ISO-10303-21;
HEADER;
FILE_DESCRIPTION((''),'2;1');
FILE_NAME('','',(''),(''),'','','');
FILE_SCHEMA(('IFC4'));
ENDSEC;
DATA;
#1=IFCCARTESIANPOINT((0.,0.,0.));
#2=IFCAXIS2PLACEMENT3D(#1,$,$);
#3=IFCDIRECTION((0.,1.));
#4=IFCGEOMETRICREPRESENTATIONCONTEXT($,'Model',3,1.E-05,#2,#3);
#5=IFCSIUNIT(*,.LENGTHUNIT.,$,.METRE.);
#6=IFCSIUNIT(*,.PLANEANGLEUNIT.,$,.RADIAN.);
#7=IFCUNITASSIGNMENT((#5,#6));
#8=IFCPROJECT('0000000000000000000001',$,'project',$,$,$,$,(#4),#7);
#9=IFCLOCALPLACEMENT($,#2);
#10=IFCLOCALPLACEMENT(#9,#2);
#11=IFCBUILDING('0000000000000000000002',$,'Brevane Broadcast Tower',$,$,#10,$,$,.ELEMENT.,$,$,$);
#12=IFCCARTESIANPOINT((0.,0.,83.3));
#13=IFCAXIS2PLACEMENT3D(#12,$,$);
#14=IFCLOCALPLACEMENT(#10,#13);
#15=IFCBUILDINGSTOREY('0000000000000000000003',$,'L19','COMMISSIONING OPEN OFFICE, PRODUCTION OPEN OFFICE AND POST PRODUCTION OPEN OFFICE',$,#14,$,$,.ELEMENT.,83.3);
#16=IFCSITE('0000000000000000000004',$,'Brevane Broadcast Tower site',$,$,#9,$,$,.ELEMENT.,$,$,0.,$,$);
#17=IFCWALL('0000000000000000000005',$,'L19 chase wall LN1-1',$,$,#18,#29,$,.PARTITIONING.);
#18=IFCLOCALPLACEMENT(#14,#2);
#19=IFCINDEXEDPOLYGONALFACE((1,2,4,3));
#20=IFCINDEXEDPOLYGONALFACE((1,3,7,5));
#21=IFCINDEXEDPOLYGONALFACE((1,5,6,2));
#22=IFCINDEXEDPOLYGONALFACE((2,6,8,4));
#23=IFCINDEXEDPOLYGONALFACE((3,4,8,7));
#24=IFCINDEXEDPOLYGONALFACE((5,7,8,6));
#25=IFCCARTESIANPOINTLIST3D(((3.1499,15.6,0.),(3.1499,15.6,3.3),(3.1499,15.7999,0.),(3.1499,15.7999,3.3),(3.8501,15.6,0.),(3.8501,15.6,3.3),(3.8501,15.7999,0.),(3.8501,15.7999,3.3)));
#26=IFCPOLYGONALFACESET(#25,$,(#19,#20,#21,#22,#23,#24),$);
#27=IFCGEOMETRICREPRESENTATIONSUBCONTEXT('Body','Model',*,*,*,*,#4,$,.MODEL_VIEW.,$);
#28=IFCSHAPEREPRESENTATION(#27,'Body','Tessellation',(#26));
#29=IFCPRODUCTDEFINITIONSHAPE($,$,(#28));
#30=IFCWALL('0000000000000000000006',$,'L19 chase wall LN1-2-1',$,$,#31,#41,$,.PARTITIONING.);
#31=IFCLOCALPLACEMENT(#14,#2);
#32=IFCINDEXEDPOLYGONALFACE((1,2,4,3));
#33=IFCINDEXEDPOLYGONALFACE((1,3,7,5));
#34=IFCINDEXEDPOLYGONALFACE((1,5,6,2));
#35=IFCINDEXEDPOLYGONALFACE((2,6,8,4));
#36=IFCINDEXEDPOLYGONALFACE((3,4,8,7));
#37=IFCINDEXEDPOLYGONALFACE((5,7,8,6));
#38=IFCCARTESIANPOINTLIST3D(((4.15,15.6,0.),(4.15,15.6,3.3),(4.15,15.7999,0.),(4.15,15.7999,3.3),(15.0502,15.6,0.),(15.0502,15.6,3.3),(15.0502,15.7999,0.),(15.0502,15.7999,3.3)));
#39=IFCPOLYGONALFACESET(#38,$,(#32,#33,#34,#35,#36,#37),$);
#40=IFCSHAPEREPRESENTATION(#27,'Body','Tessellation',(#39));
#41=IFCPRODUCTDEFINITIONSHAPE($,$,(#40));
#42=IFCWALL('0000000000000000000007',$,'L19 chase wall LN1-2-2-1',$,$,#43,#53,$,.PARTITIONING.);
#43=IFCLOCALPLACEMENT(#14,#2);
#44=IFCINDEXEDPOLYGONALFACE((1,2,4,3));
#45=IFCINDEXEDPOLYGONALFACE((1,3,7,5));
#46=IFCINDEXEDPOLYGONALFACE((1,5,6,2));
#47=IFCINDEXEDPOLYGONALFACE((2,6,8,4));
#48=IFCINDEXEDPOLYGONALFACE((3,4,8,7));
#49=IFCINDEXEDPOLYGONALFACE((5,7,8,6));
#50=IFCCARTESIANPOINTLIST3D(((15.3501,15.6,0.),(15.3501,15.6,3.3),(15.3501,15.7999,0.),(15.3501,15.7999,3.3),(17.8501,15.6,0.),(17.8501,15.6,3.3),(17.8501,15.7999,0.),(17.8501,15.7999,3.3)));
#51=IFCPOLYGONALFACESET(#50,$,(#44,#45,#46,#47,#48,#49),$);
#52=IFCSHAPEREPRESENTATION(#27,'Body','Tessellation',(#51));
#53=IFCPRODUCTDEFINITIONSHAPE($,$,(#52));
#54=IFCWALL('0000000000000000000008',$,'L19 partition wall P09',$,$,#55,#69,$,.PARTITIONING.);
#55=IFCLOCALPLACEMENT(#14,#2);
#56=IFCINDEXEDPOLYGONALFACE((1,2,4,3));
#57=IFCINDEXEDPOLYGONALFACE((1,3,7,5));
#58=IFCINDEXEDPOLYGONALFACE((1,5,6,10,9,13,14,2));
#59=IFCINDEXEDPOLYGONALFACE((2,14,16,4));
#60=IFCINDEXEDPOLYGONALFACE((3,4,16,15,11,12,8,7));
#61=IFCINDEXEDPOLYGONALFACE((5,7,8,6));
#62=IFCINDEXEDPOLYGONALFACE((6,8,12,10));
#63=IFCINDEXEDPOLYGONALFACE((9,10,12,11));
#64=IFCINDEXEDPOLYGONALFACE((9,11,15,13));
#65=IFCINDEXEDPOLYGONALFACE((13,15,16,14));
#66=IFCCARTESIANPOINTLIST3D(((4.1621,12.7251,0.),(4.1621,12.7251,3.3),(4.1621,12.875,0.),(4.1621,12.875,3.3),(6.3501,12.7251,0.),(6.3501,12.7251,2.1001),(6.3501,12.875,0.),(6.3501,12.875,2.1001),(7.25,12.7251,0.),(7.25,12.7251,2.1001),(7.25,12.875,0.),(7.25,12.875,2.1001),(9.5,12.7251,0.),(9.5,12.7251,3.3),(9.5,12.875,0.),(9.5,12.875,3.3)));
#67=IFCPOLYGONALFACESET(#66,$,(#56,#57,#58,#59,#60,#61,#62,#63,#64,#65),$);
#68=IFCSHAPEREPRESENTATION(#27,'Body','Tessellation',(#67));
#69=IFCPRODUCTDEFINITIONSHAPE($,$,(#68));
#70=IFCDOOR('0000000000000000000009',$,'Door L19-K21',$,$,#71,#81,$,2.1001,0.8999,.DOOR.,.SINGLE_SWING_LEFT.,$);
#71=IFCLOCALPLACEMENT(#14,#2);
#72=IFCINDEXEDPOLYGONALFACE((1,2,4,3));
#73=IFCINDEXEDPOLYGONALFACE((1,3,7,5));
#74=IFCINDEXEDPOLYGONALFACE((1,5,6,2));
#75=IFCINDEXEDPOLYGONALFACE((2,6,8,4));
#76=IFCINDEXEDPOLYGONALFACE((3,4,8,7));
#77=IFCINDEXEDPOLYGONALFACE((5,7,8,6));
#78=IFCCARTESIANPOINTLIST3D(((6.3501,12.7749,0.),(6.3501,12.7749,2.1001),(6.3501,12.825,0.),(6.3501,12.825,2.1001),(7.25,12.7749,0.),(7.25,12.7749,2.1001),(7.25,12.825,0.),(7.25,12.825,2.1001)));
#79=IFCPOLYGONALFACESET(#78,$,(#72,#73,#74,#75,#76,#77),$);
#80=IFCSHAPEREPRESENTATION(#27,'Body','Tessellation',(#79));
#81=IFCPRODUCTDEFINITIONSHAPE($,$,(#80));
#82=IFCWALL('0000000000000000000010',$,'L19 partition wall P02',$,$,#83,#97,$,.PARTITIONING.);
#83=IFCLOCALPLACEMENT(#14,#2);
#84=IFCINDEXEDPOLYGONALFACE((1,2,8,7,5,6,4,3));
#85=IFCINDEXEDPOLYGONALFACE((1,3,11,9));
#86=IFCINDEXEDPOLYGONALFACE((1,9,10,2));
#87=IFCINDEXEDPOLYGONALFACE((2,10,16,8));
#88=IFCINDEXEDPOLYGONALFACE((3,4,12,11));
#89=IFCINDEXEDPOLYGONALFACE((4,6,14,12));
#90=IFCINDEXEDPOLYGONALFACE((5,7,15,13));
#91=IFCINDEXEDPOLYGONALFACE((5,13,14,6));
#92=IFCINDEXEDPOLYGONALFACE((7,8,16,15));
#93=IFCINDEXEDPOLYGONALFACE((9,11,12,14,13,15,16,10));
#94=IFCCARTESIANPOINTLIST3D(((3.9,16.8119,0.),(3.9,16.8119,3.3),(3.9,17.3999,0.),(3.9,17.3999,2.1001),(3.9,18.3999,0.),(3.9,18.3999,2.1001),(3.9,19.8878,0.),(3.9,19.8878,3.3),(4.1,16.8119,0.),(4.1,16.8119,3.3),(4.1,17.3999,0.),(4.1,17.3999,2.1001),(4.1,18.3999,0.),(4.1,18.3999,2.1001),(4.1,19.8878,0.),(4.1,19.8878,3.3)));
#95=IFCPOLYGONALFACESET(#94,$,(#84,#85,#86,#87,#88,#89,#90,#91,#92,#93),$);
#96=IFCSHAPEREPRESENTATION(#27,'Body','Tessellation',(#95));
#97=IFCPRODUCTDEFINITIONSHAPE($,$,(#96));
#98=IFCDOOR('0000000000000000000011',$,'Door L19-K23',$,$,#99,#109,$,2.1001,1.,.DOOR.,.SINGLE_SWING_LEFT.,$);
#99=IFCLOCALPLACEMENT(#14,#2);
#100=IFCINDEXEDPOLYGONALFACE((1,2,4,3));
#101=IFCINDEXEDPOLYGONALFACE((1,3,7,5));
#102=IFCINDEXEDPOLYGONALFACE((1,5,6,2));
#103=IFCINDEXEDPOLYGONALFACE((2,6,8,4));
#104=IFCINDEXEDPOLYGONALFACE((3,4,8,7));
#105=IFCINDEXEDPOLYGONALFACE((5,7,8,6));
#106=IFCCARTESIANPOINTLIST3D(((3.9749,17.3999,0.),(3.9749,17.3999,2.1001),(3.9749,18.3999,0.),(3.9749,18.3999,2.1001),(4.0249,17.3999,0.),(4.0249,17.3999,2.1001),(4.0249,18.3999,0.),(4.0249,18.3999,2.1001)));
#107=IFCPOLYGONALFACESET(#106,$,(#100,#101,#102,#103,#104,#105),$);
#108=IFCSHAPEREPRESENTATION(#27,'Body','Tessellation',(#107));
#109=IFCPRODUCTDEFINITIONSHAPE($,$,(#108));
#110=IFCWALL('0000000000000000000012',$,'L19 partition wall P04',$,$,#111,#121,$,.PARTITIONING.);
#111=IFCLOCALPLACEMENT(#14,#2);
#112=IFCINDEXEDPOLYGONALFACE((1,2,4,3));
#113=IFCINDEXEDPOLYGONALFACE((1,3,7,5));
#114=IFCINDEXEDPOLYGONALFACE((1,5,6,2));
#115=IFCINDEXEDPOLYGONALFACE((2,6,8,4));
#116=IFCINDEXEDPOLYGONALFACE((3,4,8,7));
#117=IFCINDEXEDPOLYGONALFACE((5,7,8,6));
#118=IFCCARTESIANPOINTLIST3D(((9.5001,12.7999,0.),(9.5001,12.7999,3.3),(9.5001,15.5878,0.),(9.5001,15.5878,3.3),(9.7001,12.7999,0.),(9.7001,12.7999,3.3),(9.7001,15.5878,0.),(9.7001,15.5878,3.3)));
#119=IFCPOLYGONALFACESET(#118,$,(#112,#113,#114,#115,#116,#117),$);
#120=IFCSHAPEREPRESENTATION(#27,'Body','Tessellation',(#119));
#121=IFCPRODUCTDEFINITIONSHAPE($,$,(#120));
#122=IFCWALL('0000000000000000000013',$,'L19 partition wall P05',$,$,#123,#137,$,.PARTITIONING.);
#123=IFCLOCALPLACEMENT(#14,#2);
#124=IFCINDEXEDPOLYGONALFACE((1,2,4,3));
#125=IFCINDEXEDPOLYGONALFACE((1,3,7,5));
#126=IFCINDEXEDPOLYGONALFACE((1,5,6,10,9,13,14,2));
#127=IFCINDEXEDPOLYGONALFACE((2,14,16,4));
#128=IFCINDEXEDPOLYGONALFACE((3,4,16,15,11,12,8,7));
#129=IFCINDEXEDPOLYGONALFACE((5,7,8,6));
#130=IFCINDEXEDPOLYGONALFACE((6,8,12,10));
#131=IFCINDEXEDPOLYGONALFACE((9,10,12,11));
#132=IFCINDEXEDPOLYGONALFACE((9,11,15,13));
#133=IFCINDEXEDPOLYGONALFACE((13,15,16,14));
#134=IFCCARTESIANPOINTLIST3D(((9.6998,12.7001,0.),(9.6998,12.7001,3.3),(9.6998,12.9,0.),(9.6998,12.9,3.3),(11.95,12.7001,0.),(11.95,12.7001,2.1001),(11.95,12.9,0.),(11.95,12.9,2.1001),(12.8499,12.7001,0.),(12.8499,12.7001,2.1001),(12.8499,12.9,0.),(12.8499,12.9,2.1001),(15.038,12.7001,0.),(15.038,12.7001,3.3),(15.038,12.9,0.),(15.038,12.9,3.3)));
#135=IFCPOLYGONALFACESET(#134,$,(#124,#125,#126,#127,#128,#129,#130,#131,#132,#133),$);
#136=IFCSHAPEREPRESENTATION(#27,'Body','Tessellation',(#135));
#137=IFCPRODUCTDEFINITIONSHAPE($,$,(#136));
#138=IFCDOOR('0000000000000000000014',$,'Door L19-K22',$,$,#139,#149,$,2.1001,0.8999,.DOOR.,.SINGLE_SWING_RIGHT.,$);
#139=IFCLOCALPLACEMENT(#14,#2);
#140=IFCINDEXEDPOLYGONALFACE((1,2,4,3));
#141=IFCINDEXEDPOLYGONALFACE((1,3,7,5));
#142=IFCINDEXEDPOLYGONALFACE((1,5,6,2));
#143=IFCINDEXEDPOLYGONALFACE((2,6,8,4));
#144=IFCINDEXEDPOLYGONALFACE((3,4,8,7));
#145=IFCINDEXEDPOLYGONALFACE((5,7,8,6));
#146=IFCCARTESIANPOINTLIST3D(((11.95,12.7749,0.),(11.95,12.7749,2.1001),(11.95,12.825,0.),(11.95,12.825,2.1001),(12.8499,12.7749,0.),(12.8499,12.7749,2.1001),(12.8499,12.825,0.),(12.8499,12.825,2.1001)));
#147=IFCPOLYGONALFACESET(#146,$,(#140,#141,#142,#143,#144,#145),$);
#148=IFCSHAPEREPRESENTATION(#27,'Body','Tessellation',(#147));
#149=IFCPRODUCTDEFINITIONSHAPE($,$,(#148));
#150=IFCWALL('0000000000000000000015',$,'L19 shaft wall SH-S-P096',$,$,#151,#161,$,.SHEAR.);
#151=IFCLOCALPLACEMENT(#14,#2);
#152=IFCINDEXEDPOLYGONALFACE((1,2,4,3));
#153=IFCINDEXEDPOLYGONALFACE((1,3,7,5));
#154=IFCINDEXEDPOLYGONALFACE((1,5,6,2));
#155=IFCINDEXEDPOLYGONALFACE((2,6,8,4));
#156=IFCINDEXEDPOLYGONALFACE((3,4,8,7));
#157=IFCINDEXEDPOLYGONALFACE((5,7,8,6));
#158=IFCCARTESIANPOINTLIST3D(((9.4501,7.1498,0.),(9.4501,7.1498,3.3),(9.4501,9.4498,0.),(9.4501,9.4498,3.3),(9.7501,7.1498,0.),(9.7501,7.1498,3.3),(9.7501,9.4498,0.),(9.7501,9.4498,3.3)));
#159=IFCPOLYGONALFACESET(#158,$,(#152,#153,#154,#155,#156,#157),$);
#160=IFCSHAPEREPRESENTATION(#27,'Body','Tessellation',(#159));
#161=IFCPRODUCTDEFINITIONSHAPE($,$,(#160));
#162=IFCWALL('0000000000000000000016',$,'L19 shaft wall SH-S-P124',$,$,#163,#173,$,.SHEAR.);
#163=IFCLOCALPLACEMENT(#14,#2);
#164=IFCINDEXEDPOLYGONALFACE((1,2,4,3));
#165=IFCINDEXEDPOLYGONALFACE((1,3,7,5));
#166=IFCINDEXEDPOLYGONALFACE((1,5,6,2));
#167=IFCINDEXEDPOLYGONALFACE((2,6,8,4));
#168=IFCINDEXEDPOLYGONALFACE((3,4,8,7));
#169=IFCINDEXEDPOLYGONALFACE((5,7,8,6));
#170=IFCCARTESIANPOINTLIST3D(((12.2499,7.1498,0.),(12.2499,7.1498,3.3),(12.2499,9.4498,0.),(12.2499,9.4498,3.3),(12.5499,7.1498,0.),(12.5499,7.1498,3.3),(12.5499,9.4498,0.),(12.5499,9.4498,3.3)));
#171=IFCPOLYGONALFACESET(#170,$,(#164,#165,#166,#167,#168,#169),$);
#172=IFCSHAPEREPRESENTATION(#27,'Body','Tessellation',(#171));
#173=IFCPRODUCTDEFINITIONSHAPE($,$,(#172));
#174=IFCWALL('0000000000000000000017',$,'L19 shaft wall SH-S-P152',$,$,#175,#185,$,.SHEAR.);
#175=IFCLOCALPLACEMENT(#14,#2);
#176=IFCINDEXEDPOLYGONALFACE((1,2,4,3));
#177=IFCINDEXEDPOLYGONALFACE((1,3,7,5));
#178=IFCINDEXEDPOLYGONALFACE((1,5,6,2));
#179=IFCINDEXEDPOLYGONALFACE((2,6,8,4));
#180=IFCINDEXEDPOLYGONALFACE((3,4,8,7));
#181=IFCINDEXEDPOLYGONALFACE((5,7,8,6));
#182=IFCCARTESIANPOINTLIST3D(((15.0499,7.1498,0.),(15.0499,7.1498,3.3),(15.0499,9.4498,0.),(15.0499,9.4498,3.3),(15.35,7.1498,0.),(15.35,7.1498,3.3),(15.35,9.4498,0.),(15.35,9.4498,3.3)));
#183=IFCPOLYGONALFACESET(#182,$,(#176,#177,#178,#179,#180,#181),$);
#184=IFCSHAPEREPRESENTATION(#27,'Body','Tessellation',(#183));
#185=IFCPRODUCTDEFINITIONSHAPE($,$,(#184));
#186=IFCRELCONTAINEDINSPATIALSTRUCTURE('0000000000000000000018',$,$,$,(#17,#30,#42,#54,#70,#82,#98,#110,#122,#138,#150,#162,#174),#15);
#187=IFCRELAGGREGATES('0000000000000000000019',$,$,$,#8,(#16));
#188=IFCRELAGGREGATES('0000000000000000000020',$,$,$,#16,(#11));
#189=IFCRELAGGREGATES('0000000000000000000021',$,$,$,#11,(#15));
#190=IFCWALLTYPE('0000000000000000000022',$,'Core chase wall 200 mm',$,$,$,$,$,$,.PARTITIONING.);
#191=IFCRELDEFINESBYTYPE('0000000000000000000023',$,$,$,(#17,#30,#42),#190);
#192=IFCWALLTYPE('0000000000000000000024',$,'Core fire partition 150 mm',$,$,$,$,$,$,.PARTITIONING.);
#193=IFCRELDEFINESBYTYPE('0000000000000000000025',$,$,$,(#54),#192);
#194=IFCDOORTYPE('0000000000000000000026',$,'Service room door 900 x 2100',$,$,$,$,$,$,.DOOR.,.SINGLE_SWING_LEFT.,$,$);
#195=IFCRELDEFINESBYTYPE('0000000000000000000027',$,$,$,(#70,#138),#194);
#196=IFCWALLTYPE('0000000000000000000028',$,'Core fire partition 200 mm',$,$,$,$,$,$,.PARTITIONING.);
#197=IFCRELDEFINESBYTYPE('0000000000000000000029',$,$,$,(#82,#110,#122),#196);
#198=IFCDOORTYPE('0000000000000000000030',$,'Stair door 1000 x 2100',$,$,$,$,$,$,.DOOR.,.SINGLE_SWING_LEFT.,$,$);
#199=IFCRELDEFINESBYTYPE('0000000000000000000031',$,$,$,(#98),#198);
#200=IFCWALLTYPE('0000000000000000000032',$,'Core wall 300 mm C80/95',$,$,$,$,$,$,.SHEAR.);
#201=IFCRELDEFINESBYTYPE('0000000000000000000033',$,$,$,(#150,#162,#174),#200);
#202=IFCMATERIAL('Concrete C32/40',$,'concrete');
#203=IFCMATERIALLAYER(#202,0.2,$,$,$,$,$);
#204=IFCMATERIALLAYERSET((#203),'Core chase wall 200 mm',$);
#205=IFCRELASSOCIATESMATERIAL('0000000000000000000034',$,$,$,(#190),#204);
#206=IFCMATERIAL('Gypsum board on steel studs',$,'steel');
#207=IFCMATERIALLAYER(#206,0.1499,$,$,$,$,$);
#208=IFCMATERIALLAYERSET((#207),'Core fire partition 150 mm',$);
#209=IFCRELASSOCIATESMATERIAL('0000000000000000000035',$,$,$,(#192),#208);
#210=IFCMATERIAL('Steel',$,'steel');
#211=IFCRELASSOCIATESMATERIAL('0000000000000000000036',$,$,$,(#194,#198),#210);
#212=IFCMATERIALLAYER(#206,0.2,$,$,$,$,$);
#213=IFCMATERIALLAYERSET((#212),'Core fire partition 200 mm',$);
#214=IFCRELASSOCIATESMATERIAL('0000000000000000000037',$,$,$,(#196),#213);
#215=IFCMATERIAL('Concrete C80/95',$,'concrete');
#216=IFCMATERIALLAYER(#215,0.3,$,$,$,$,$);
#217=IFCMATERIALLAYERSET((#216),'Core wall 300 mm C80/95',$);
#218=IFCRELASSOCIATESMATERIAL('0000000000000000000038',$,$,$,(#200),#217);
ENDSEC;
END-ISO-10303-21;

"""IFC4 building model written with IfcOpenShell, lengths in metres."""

from ifc_helpers import new_model, si_unit, direction, frame, frame_2d, origin, place, context, subcontext, project, spatial, rectangle, extrude, material, layer, layer_set, type_object, element, fill, save


model = new_model("IFC4")

# Units and contexts
model_context = context("Model", 3, precision=1e-05, world=origin(), true_north=direction((0.0, 1.0)))
body_context = subcontext(model_context, "Body", "Model", "MODEL_VIEW")
ifc_project = project(units=[si_unit("LENGTHUNIT", "METRE"), si_unit("PLANEANGLEUNIT", "RADIAN")], contexts=[model_context])

# Site, building, storey
site_placement = place(None, origin())
site = spatial("IfcSite", under=ifc_project, at=site_placement, Name="Brevane Broadcast Tower site", CompositionType="ELEMENT", RefElevation=0.0)
building_placement = place(site_placement, origin())
building = spatial("IfcBuilding", under=site, at=building_placement, Name="Brevane Broadcast Tower", CompositionType="ELEMENT")
storey_placement = place(building_placement, frame((0.0, 0.0, 83.3)))
storey = spatial("IfcBuildingStorey", under=building, at=storey_placement, Name="L19", Description="COMMISSIONING OPEN OFFICE, PRODUCTION OPEN OFFICE AND POST PRODUCTION OPEN OFFICE", CompositionType="ELEMENT", Elevation=83.3)

# Walls
ifc_material_1 = material(Name="Concrete C32/40", Category="concrete")
ifc_layer_1 = layer(ifc_material_1, 0.2)
ifc_layer_set_1 = layer_set([ifc_layer_1], Name="Core chase wall 200 mm")
wall_type_1 = type_object("IfcWallType", Name="Core chase wall 200 mm", PredefinedType="PARTITIONING", material=ifc_layer_set_1)
wall_1_placement = place(storey_placement, frame((3.1499, 15.7, 0.0), z_axis=(0.0, 0.0, 1.0), x_axis=(1.0, 0.0, 0.0)))
element("IfcWall", 1, at=wall_1_placement, inside=storey, type_object=wall_type_1, Name="L19 chase wall LN1-1", PredefinedType="PARTITIONING", context=body_context, shape_type="SweptSolid", body=[
    extrude(rectangle(XDim=0.7002, YDim=0.2, at=frame_2d((0.3501, 0.0))), origin(), (0.0, 0.0, 1.0), 3.3),
])
wall_2_placement = place(storey_placement, frame((4.1499, 15.7, 0.0), z_axis=(0.0, 0.0, 1.0), x_axis=(1.0, 0.0, 0.0)))
element("IfcWall", 2, at=wall_2_placement, inside=storey, type_object=wall_type_1, Name="L19 chase wall LN1-2-1", PredefinedType="PARTITIONING", context=body_context, shape_type="SweptSolid", body=[
    extrude(rectangle(XDim=10.9001, YDim=0.2, at=frame_2d((5.4502, 0.0))), origin(), (0.0, 0.0, 1.0), 3.3),
])
wall_3_placement = place(storey_placement, frame((15.3501, 15.7, 0.0), z_axis=(0.0, 0.0, 1.0), x_axis=(1.0, 0.0, 0.0)))
element("IfcWall", 3, at=wall_3_placement, inside=storey, type_object=wall_type_1, Name="L19 chase wall LN1-2-2-1", PredefinedType="PARTITIONING", context=body_context, shape_type="SweptSolid", body=[
    extrude(rectangle(XDim=2.5, YDim=0.2, at=frame_2d((1.25, 0.0))), origin(), (0.0, 0.0, 1.0), 3.3),
])

# Walls, openings, doors
ifc_material_2 = material(Name="Gypsum board on steel studs", Category="steel")
ifc_layer_2 = layer(ifc_material_2, 0.1499)
ifc_layer_set_2 = layer_set([ifc_layer_2], Name="Core fire partition 150 mm")
wall_type_2 = type_object("IfcWallType", Name="Core fire partition 150 mm", PredefinedType="PARTITIONING", material=ifc_layer_set_2)
wall_4_placement = place(storey_placement, frame((4.1621, 12.8, 0.0), z_axis=(0.0, 0.0, 1.0), x_axis=(1.0, 0.0, 0.0)))
wall_4 = element("IfcWall", 4, at=wall_4_placement, inside=storey, type_object=wall_type_2, Name="L19 partition wall P09", PredefinedType="PARTITIONING", context=body_context, shape_type="SweptSolid", body=[
    extrude(rectangle(XDim=5.3379, YDim=0.1499, at=frame_2d((2.6689, 0.0))), origin(), (0.0, 0.0, 1.0), 3.3),
])
opening_1_placement = place(wall_4_placement, frame((2.188, 0.0, 0.0)))
opening_1 = element("IfcOpeningElement", 5, at=opening_1_placement, cuts=wall_4, PredefinedType="OPENING", context=body_context, shape_type="SweptSolid", body=[
    extrude(rectangle(XDim=0.8999, YDim=2.1001, at=frame_2d((0.45, 1.05))), frame((0.0, 0.085, 0.0), z_axis=(0.0, -1.0, 0.0), x_axis=(1.0, 0.0, 0.0)), (0.0, 0.0, 1.0), 0.1699),
])
ifc_material_3 = material(Name="Steel", Category="steel")
door_type_1 = type_object("IfcDoorType", Name="Service room door 900 x 2100", OperationType="SINGLE_SWING_LEFT", PredefinedType="DOOR", material=ifc_material_3)
door_1_placement = place(opening_1_placement, origin())
door_1 = element("IfcDoor", 6, at=door_1_placement, inside=storey, type_object=door_type_1, Name="Door L19-K21", OperationType="SINGLE_SWING_LEFT", OverallHeight=2.1001, OverallWidth=0.8999, PredefinedType="DOOR", context=body_context, shape_type="SweptSolid", body=[
    extrude(rectangle(XDim=0.8999, YDim=2.1001, at=frame_2d((0.45, 1.05))), frame((0.0, 0.0249, 0.0), z_axis=(0.0, -1.0, 0.0), x_axis=(1.0, 0.0, 0.0)), (0.0, 0.0, 1.0), 0.05),
])
fill(opening_1, door_1)
ifc_layer_3 = layer(ifc_material_2, 0.2)
ifc_layer_set_3 = layer_set([ifc_layer_3], Name="Core fire partition 200 mm")
wall_type_3 = type_object("IfcWallType", Name="Core fire partition 200 mm", PredefinedType="PARTITIONING", material=ifc_layer_set_3)
wall_5_placement = place(storey_placement, frame((4.0, 19.8879, 0.0), z_axis=(0.0, 0.0, 1.0), x_axis=(0.0, -1.0, 0.0)))
wall_5 = element("IfcWall", 7, at=wall_5_placement, inside=storey, type_object=wall_type_3, Name="L19 partition wall P02", PredefinedType="PARTITIONING", context=body_context, shape_type="SweptSolid", body=[
    extrude(rectangle(XDim=3.0759, YDim=0.2, at=frame_2d((1.5381, 0.0))), origin(), (0.0, 0.0, 1.0), 3.3),
])
opening_2_placement = place(wall_5_placement, frame((1.488, 0.0, 0.0)))
opening_2 = element("IfcOpeningElement", 8, at=opening_2_placement, cuts=wall_5, PredefinedType="OPENING", context=body_context, shape_type="SweptSolid", body=[
    extrude(rectangle(XDim=1.0, YDim=2.1001, at=frame_2d((0.5, 1.05))), frame((0.0, 0.1099, 0.0), z_axis=(0.0, -1.0, 0.0), x_axis=(1.0, 0.0, 0.0)), (0.0, 0.0, 1.0), 0.22),
])
door_type_2 = type_object("IfcDoorType", Name="Stair door 1000 x 2100", OperationType="SINGLE_SWING_LEFT", PredefinedType="DOOR", material=ifc_material_3)
door_2_placement = place(opening_2_placement, origin())
door_2 = element("IfcDoor", 9, at=door_2_placement, inside=storey, type_object=door_type_2, Name="Door L19-K23", OperationType="SINGLE_SWING_LEFT", OverallHeight=2.1001, OverallWidth=1.0, PredefinedType="DOOR", context=body_context, shape_type="SweptSolid", body=[
    extrude(rectangle(XDim=1.0, YDim=2.1001, at=frame_2d((0.5, 1.05))), frame((0.0, 0.0249, 0.0), z_axis=(0.0, -1.0, 0.0), x_axis=(1.0, 0.0, 0.0)), (0.0, 0.0, 1.0), 0.05),
])
fill(opening_2, door_2)

# Wall
wall_6_placement = place(storey_placement, frame((9.6001, 15.5879, 0.0), z_axis=(0.0, 0.0, 1.0), x_axis=(0.0, -1.0, 0.0)))
element("IfcWall", 10, at=wall_6_placement, inside=storey, type_object=wall_type_3, Name="L19 partition wall P04", PredefinedType="PARTITIONING", context=body_context, shape_type="SweptSolid", body=[
    extrude(rectangle(XDim=2.7878, YDim=0.2, at=frame_2d((1.394, 0.0))), origin(), (0.0, 0.0, 1.0), 3.3),
])

# Wall, opening, door
wall_7_placement = place(storey_placement, frame((9.7, 12.8, 0.0), z_axis=(0.0, 0.0, 1.0), x_axis=(1.0, 0.0, 0.0)))
wall_7 = element("IfcWall", 11, at=wall_7_placement, inside=storey, type_object=wall_type_3, Name="L19 partition wall P05", PredefinedType="PARTITIONING", context=body_context, shape_type="SweptSolid", body=[
    extrude(rectangle(XDim=5.3381, YDim=0.2, at=frame_2d((2.6689, 0.0))), origin(), (0.0, 0.0, 1.0), 3.3),
])
opening_3_placement = place(wall_7_placement, frame((2.25, 0.0, 0.0)))
opening_3 = element("IfcOpeningElement", 12, at=opening_3_placement, cuts=wall_7, PredefinedType="OPENING", context=body_context, shape_type="SweptSolid", body=[
    extrude(rectangle(XDim=0.8999, YDim=2.1001, at=frame_2d((0.45, 1.05))), frame((0.0, 0.1099, 0.0), z_axis=(0.0, -1.0, 0.0), x_axis=(1.0, 0.0, 0.0)), (0.0, 0.0, 1.0), 0.22),
])
door_3_placement = place(opening_3_placement, origin())
door_3 = element("IfcDoor", 13, at=door_3_placement, inside=storey, type_object=door_type_1, Name="Door L19-K22", OperationType="SINGLE_SWING_RIGHT", OverallHeight=2.1001, OverallWidth=0.8999, PredefinedType="DOOR", context=body_context, shape_type="SweptSolid", body=[
    extrude(rectangle(XDim=0.8999, YDim=2.1001, at=frame_2d((0.45, 1.05))), frame((0.0, 0.0249, 0.0), z_axis=(0.0, -1.0, 0.0), x_axis=(1.0, 0.0, 0.0)), (0.0, 0.0, 1.0), 0.05),
])
fill(opening_3, door_3)

# Walls
ifc_material_4 = material(Name="Concrete C80/95", Category="concrete")
ifc_layer_4 = layer(ifc_material_4, 0.3)
ifc_layer_set_4 = layer_set([ifc_layer_4], Name="Core wall 300 mm C80/95")
wall_type_4 = type_object("IfcWallType", Name="Core wall 300 mm C80/95", PredefinedType="SHEAR", material=ifc_layer_set_4)
for number, where, z_axis, x_axis, name in (
    (14, (9.6001, 7.1499, 0.0), (0.0, 0.0, 1.0), (0.0, 1.0, 0.0), "L19 shaft wall SH-S-P096"),
    (15, (12.3999, 7.1499, 0.0), (0.0, 0.0, 1.0), (0.0, 1.0, 0.0), "L19 shaft wall SH-S-P124"),
    (16, (15.2, 7.1499, 0.0), (0.0, 0.0, 1.0), (0.0, 1.0, 0.0), "L19 shaft wall SH-S-P152"),
):
    element("IfcWall", number, at=place(storey_placement, frame(where, z_axis=z_axis, x_axis=x_axis)), inside=storey, type_object=wall_type_4, Name=name, PredefinedType="SHEAR", context=body_context, shape_type="SweptSolid", body=[
        extrude(rectangle(XDim=2.3, YDim=0.3, at=frame_2d((1.1499, 0.0))), origin(), (0.0, 0.0, 1.0), 3.3),
    ])

save(model, "model.ifc")
